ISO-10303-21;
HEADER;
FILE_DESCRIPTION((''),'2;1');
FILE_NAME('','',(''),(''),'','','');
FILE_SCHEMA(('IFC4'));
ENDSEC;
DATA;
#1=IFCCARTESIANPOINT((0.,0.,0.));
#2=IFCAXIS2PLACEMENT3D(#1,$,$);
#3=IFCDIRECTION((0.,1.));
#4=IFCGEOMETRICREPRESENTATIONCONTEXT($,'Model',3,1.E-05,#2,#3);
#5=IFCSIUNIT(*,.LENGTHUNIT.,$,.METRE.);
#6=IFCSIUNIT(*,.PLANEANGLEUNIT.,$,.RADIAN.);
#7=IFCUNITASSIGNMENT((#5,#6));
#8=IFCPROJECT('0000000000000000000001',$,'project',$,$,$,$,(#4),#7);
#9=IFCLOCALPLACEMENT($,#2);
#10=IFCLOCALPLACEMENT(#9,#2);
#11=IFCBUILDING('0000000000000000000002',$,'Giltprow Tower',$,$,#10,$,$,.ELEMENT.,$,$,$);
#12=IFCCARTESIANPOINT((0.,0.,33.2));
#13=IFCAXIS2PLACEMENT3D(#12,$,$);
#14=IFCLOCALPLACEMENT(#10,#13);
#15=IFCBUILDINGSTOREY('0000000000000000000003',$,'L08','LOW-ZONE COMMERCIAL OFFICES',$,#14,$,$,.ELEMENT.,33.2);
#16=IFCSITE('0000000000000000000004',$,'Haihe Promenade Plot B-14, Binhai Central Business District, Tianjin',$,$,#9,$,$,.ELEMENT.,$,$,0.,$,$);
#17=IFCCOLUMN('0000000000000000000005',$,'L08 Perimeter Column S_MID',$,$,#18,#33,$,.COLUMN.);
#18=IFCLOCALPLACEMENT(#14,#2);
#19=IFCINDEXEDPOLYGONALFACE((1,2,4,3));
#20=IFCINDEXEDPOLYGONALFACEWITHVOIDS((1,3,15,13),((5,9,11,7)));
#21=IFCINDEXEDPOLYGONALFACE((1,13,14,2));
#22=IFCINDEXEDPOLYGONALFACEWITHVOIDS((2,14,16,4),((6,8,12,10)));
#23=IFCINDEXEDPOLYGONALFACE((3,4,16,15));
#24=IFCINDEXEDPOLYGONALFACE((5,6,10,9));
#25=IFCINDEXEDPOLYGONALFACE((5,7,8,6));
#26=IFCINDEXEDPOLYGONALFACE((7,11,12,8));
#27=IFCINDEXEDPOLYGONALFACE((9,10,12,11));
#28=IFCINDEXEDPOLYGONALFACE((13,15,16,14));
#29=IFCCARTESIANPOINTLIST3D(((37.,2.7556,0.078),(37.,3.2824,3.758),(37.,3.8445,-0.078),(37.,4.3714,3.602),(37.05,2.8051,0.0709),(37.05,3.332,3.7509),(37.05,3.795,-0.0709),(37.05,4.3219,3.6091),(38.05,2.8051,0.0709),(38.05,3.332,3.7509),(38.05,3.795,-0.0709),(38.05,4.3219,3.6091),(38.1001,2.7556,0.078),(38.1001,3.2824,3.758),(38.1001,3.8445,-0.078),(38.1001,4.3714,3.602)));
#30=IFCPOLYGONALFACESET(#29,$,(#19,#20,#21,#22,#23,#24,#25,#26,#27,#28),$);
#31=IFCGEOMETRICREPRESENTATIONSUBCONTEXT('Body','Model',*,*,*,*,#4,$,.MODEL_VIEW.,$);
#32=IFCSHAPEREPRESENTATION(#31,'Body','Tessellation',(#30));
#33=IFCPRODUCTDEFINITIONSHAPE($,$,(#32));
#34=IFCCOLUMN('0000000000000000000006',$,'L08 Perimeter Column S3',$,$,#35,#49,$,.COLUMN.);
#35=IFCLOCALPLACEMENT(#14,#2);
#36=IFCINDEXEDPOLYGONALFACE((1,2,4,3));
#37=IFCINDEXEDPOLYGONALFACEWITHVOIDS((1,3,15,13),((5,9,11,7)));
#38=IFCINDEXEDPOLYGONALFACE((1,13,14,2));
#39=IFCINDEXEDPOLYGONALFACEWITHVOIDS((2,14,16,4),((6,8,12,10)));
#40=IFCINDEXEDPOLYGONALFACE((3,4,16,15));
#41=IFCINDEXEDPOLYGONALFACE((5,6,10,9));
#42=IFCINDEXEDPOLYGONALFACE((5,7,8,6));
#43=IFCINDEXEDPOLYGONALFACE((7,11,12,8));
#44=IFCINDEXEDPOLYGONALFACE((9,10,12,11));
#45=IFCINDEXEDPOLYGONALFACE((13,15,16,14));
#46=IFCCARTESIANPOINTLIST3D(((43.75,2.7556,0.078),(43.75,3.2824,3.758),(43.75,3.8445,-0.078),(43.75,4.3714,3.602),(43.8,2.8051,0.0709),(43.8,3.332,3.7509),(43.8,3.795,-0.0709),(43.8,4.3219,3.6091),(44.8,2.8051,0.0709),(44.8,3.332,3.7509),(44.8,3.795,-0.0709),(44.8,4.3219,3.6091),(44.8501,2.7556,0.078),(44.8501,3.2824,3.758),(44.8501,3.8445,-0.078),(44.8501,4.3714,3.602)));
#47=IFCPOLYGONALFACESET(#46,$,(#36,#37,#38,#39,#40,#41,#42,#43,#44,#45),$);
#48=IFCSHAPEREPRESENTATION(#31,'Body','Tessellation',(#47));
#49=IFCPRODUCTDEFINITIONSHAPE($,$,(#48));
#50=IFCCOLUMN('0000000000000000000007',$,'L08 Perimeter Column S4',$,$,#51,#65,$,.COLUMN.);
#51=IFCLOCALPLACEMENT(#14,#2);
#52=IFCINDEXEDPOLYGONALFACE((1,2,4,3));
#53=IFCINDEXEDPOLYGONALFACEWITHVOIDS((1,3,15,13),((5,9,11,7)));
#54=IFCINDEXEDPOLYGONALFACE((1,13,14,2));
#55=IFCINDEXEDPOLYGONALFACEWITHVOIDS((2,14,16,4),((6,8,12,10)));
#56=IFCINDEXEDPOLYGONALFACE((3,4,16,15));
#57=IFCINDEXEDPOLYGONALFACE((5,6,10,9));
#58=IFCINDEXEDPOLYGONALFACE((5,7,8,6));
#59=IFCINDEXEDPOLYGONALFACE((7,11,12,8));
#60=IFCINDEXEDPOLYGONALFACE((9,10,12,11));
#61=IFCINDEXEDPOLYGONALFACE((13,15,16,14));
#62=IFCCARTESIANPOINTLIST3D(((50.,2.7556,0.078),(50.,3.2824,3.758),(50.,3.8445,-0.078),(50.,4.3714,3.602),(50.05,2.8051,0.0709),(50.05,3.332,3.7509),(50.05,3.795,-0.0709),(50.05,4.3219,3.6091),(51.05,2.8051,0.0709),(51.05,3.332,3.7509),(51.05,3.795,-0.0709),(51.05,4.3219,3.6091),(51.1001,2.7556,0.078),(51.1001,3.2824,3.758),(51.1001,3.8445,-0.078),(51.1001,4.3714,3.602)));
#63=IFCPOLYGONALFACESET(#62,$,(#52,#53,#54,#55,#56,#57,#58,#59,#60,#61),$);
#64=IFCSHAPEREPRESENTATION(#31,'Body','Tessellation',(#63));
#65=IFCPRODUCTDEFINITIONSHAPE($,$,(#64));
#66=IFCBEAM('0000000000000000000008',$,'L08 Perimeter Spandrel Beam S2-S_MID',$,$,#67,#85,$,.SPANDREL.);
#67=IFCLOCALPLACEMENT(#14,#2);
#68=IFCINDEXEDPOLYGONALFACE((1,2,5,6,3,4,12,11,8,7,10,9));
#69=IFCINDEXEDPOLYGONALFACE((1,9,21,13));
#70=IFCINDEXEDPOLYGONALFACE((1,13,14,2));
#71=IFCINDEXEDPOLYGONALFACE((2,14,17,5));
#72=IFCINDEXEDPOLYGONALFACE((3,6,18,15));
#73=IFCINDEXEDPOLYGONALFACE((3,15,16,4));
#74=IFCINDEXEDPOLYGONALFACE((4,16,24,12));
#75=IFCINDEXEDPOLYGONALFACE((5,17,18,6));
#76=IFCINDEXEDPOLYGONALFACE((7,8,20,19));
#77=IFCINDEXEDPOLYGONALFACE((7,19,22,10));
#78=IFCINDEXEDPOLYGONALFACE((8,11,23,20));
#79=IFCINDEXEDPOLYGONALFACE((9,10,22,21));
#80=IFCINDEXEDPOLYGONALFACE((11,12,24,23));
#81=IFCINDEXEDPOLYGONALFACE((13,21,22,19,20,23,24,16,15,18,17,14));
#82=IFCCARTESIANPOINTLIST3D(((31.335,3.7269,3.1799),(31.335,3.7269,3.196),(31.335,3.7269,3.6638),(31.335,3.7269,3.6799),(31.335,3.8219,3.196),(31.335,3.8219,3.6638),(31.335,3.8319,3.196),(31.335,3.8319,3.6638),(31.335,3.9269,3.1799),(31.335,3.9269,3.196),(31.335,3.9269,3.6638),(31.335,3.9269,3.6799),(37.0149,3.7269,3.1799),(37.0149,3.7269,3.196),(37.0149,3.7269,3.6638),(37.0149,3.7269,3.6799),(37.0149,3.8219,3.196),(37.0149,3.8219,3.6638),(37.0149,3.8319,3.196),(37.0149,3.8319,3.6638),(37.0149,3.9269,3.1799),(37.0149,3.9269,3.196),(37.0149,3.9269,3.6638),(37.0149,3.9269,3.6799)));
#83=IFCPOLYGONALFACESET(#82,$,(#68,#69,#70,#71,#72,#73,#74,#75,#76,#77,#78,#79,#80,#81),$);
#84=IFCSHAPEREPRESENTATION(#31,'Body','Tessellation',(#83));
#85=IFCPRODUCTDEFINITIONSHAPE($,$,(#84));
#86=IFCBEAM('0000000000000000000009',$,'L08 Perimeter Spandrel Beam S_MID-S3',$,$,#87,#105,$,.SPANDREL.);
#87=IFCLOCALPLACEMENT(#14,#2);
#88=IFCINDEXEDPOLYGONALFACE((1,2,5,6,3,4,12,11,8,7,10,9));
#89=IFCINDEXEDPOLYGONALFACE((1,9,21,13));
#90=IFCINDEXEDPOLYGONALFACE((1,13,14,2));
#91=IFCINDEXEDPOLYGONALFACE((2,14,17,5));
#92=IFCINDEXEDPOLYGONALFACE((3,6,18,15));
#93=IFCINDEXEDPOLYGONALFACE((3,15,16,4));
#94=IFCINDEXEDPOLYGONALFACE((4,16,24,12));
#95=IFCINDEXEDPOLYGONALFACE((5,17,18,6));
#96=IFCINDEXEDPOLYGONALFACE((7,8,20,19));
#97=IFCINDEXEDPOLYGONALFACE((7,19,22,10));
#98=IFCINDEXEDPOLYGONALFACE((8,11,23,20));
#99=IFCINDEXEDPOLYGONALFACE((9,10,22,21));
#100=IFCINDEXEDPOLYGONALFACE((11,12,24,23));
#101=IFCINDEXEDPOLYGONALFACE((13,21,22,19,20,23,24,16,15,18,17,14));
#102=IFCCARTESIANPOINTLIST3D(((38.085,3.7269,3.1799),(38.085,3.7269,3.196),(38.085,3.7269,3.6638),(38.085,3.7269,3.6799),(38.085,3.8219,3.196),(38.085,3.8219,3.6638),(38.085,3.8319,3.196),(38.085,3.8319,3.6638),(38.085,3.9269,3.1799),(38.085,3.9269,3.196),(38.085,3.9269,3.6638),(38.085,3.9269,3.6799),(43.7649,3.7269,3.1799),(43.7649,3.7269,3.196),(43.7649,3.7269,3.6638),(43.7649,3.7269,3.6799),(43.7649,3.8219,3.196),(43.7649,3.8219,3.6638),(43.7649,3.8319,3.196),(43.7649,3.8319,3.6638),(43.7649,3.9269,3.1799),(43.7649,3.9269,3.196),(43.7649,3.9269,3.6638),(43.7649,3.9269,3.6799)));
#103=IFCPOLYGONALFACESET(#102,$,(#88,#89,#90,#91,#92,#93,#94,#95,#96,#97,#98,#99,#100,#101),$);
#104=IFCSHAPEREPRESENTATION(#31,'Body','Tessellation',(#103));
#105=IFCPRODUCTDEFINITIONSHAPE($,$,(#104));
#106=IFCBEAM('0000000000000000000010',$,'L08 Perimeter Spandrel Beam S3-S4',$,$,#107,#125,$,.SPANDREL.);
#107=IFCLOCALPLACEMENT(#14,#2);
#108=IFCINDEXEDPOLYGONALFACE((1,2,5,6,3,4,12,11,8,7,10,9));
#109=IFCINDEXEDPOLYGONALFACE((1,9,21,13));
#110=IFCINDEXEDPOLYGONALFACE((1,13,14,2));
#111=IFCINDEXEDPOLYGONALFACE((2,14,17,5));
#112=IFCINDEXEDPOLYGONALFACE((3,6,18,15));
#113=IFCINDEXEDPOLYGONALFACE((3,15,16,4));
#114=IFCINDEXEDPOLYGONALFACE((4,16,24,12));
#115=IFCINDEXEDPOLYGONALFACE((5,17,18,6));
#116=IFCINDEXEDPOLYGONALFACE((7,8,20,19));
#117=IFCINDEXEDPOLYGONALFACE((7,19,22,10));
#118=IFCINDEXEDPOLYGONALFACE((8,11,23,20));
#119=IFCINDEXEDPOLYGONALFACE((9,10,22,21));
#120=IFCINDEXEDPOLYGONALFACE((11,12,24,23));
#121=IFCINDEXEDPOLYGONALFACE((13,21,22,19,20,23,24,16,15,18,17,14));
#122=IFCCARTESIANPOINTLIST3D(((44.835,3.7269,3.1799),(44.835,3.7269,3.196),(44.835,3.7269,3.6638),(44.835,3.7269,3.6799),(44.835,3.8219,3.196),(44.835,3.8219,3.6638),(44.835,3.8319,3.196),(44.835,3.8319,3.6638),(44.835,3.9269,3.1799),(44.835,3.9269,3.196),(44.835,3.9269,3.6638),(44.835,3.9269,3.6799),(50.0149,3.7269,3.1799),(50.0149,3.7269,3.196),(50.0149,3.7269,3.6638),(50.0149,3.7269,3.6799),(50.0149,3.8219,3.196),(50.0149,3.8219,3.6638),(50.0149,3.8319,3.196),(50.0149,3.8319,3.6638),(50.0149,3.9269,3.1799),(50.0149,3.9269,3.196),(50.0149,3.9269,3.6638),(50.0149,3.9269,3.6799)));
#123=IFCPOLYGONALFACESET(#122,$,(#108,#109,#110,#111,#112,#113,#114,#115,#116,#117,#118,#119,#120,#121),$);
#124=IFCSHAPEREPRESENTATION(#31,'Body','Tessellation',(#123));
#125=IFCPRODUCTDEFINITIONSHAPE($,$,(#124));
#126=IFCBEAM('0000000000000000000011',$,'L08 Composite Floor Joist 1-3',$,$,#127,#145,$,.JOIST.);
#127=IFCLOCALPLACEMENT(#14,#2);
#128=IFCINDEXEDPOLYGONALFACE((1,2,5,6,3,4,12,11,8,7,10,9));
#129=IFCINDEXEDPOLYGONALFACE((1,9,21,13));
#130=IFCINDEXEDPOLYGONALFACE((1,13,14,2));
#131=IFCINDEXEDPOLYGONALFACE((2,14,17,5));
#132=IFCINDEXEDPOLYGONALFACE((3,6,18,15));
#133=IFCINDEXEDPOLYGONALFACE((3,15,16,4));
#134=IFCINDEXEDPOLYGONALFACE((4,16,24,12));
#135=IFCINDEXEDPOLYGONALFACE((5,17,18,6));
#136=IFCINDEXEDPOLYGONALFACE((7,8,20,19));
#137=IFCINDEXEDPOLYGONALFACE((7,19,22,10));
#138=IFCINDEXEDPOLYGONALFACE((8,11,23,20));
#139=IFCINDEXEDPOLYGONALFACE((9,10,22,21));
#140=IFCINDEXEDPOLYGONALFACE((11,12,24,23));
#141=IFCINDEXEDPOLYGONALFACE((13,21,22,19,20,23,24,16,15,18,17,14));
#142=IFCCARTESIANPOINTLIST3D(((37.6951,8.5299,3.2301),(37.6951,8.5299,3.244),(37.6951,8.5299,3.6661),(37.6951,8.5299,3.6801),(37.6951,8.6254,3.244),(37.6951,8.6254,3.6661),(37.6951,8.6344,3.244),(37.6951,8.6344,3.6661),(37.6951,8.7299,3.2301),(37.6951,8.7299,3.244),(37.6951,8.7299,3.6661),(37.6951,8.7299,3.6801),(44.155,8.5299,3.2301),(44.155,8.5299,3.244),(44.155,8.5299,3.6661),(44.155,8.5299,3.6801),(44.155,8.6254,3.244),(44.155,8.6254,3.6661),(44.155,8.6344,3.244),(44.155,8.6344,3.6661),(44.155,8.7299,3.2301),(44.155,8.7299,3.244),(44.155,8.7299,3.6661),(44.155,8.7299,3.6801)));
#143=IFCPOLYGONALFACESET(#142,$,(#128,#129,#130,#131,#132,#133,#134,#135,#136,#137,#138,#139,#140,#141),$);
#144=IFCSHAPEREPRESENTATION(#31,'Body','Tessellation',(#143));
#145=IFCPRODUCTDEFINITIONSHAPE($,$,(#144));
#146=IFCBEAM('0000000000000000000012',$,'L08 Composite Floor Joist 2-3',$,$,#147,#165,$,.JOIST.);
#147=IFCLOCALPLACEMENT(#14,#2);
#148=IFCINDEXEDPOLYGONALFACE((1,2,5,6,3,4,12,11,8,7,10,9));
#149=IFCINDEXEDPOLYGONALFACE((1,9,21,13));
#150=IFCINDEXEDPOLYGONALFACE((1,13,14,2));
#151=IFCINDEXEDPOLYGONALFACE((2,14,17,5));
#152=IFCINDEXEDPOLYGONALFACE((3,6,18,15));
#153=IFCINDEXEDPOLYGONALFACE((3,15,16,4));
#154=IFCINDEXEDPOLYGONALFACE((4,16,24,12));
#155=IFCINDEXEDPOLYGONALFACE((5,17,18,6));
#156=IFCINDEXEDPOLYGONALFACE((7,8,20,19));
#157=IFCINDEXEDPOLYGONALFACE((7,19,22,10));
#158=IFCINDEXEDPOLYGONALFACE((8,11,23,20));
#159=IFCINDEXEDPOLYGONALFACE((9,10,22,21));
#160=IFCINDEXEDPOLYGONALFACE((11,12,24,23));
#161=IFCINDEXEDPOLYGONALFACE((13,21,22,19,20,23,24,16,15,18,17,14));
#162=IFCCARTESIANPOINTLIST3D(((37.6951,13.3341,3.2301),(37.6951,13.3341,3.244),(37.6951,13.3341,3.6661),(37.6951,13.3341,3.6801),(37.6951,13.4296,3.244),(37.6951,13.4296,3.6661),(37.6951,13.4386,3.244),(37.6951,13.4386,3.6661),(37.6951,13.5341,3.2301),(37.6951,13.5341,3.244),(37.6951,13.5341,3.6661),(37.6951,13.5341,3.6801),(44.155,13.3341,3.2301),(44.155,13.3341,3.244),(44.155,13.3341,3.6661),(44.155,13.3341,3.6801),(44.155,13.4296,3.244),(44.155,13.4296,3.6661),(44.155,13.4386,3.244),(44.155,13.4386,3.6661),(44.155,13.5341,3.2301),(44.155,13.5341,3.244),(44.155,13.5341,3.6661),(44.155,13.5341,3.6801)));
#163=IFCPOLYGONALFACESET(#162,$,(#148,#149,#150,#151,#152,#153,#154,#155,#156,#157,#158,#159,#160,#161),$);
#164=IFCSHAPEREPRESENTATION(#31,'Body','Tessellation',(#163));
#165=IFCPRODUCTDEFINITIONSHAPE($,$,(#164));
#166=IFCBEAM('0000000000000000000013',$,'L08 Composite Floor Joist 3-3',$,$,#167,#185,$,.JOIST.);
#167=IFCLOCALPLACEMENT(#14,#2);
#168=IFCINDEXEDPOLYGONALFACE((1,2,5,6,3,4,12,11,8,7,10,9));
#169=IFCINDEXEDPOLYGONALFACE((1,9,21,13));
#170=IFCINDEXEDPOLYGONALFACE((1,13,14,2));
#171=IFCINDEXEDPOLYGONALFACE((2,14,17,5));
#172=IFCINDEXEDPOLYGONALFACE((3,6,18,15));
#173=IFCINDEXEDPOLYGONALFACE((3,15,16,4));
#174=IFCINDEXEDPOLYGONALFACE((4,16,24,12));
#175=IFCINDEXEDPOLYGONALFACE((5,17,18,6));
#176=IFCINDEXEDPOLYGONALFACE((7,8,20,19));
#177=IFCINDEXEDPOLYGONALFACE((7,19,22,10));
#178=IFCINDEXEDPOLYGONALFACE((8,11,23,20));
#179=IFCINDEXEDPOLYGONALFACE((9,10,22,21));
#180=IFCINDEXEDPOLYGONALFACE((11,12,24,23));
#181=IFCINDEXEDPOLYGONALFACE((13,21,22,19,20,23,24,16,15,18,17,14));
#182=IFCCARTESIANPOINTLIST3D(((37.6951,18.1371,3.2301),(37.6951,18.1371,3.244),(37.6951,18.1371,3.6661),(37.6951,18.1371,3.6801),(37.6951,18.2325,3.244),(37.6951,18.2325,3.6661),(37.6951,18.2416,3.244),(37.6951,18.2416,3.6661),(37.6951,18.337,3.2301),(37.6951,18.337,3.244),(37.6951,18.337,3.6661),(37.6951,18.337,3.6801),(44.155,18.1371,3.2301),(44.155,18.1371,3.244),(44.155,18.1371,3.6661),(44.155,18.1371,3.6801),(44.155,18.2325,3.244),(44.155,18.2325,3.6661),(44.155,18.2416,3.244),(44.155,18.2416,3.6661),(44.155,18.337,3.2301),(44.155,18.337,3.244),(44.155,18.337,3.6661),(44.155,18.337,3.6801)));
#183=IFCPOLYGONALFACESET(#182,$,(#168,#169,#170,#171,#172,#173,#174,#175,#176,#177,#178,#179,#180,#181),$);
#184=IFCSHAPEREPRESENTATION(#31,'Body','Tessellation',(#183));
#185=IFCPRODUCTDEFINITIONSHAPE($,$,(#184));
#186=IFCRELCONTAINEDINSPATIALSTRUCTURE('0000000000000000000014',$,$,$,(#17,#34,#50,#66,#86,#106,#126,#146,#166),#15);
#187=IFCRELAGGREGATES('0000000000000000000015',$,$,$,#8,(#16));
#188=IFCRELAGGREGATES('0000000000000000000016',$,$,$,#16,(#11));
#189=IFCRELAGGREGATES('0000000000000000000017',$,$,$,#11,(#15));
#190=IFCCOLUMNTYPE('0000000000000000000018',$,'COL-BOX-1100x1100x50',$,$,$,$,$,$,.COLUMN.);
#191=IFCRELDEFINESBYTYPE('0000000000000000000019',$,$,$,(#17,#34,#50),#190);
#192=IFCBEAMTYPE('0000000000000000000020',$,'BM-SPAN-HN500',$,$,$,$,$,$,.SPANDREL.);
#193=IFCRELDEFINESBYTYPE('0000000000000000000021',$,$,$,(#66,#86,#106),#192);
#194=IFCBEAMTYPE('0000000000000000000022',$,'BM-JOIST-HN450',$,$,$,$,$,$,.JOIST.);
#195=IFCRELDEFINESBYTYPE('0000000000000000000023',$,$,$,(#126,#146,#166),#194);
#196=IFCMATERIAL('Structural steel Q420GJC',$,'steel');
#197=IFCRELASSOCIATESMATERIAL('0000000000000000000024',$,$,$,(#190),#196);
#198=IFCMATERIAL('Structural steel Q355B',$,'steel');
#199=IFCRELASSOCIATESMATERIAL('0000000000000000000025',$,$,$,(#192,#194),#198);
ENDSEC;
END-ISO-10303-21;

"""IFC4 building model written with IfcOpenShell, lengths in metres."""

from ifc_helpers import new_model, si_unit, direction, frame, origin, origin_2d, place, context, subcontext, project, spatial, hollow_rectangle, i_section, extrude, source, transform, mapped, material, material_profile, profile_set, type_object, element, save


model = new_model("IFC4")

# Units and contexts
model_context = context("Model", 3, precision=1e-05, world=origin(), true_north=direction((0.0, 1.0)))
body_context = subcontext(model_context, "Body", "Model", "MODEL_VIEW")
ifc_project = project(units=[si_unit("LENGTHUNIT", "METRE"), si_unit("PLANEANGLEUNIT", "RADIAN")], contexts=[model_context])

# Site, building, storey
site_placement = place(None, origin())
site = spatial("IfcSite", under=ifc_project, at=site_placement, Name="Haihe Promenade Plot B-14, Binhai Central Business District, Tianjin", CompositionType="ELEMENT", RefElevation=0.0)
building_placement = place(site_placement, origin())
building = spatial("IfcBuilding", under=site, at=building_placement, Name="Giltprow Tower", CompositionType="ELEMENT")
storey_placement = place(building_placement, frame((0.0, 0.0, 33.2)))
storey = spatial("IfcBuildingStorey", under=building, at=storey_placement, Name="L08", Description="LOW-ZONE COMMERCIAL OFFICES", CompositionType="ELEMENT", Elevation=33.2)

# Columns
ifc_material_1 = material(Name="Structural steel Q420GJC", Category="steel")
ifc_material_profile_1 = material_profile(ifc_material_1, hollow_rectangle(XDim=1.1001, YDim=1.1001, WallThickness=0.05, at=origin_2d()), Name="BOX 1100x1100x50")
ifc_profile_set_1 = profile_set([ifc_material_profile_1], Name="Structural steel Q420GJC")
column_type = type_object("IfcColumnType", Name="COL-BOX-1100x1100x50", PredefinedType="COLUMN", material=ifc_profile_set_1)
shared_shape_1 = source(origin(), body_context, "Body", "SweptSolid", [
    extrude(hollow_rectangle(XDim=1.1001, YDim=1.1001, WallThickness=0.05, at=origin_2d()), origin(), (0.0, 0.0, 1.0), 3.7175),
])
for number, where, z_axis, x_axis, name in (
    (1, (37.55, 3.3, 0.0), (0.0, 0.141725, 0.989906), (-1.0, 0.0, 0.0), "L08 Perimeter Column S_MID"),
    (2, (44.3, 3.3, 0.0), (0.0, 0.141725, 0.989906), (-1.0, 0.0, 0.0), "L08 Perimeter Column S3"),
    (3, (50.55, 3.3, 0.0), (0.0, 0.141725, 0.989906), (-1.0, 0.0, 0.0), "L08 Perimeter Column S4"),
):
    element("IfcColumn", number, at=place(storey_placement, frame(where, z_axis=z_axis, x_axis=x_axis)), inside=storey, type_object=column_type, Name=name, PredefinedType="COLUMN", context=body_context, shape_type="MappedRepresentation", body=[
        mapped(shared_shape_1, transform((0.0, 0.0, 0.0), x_axis=(1.0, 0.0, 0.0), y_axis=(0.0, 1.0, 0.0), z_axis=(0.0, 0.0, 1.0), scale=1.0)),
    ])

# Beams
ifc_material_2 = material(Name="Structural steel Q355B", Category="steel")
ifc_material_profile_2 = material_profile(ifc_material_2, i_section(OverallWidth=0.2, OverallDepth=0.5, WebThickness=0.01, FlangeThickness=0.0161, at=origin_2d()), Name="HN 500x200x10x16")
ifc_profile_set_2 = profile_set([ifc_material_profile_2], Name="Structural steel Q355B")
beam_type_1 = type_object("IfcBeamType", Name="BM-SPAN-HN500", PredefinedType="SPANDREL", material=ifc_profile_set_2)
shared_shape_2 = source(origin(), body_context, "Body", "SweptSolid", [
    extrude(i_section(OverallWidth=0.2, OverallDepth=0.5, WebThickness=0.01, FlangeThickness=0.0161, at=origin_2d()), origin(), (0.0, 0.0, 1.0), 5.6799),
])
for number, where, z_axis, x_axis, name in (
    (4, (31.335, 3.8269, 3.4299), (1.0, 0.0, 0.0), (0.0, 1.0, 0.0), "L08 Perimeter Spandrel Beam S2-S_MID"),
    (5, (38.085, 3.8269, 3.4299), (1.0, 0.0, 0.0), (0.0, 1.0, 0.0), "L08 Perimeter Spandrel Beam S_MID-S3"),
):
    element("IfcBeam", number, at=place(storey_placement, frame(where, z_axis=z_axis, x_axis=x_axis)), inside=storey, type_object=beam_type_1, Name=name, PredefinedType="SPANDREL", context=body_context, shape_type="MappedRepresentation", body=[
        mapped(shared_shape_2, transform((0.0, 0.0, 0.0), x_axis=(1.0, 0.0, 0.0), y_axis=(0.0, 1.0, 0.0), z_axis=(0.0, 0.0, 1.0), scale=1.0)),
    ])
shared_shape_3 = source(origin(), body_context, "Body", "SweptSolid", [
    extrude(i_section(OverallWidth=0.2, OverallDepth=0.5, WebThickness=0.01, FlangeThickness=0.0161, at=origin_2d()), origin(), (0.0, 0.0, 1.0), 5.1799),
])
beam_1_placement = place(storey_placement, frame((44.835, 3.8269, 3.4299), z_axis=(1.0, 0.0, 0.0), x_axis=(0.0, 1.0, 0.0)))
element("IfcBeam", 6, at=beam_1_placement, inside=storey, type_object=beam_type_1, Name="L08 Perimeter Spandrel Beam S3-S4", PredefinedType="SPANDREL", context=body_context, shape_type="MappedRepresentation", body=[
    mapped(shared_shape_3, transform((0.0, 0.0, 0.0), x_axis=(1.0, 0.0, 0.0), y_axis=(0.0, 1.0, 0.0), z_axis=(0.0, 0.0, 1.0), scale=1.0)),
])
ifc_material_profile_3 = material_profile(ifc_material_2, i_section(OverallWidth=0.2, OverallDepth=0.45, WebThickness=0.009, FlangeThickness=0.0139, at=origin_2d()), Name="HN 450x200x9x14")
ifc_profile_set_3 = profile_set([ifc_material_profile_3], Name="Structural steel Q355B")
beam_type_2 = type_object("IfcBeamType", Name="BM-JOIST-HN450", PredefinedType="JOIST", material=ifc_profile_set_3)
shared_shape_4 = source(origin(), body_context, "Body", "SweptSolid", [
    extrude(i_section(OverallWidth=0.2, OverallDepth=0.45, WebThickness=0.009, FlangeThickness=0.0139, at=origin_2d()), origin(), (0.0, 0.0, 1.0), 6.46),
])
for number, where, z_axis, x_axis, name in (
    (7, (37.6951, 8.6299, 3.4551), (1.0, 0.0, 0.0), (0.0, 1.0, 0.0), "L08 Composite Floor Joist 1-3"),
    (8, (37.6951, 13.4341, 3.4551), (1.0, 0.0, 0.0), (0.0, 1.0, 0.0), "L08 Composite Floor Joist 2-3"),
    (9, (37.6951, 18.2371, 3.4551), (1.0, 0.0, 0.0), (0.0, 1.0, 0.0), "L08 Composite Floor Joist 3-3"),
):
    element("IfcBeam", number, at=place(storey_placement, frame(where, z_axis=z_axis, x_axis=x_axis)), inside=storey, type_object=beam_type_2, Name=name, PredefinedType="JOIST", context=body_context, shape_type="MappedRepresentation", body=[
        mapped(shared_shape_4, transform((0.0, 0.0, 0.0), x_axis=(1.0, 0.0, 0.0), y_axis=(0.0, 1.0, 0.0), z_axis=(0.0, 0.0, 1.0), scale=1.0)),
    ])

save(model, "model.ifc")
